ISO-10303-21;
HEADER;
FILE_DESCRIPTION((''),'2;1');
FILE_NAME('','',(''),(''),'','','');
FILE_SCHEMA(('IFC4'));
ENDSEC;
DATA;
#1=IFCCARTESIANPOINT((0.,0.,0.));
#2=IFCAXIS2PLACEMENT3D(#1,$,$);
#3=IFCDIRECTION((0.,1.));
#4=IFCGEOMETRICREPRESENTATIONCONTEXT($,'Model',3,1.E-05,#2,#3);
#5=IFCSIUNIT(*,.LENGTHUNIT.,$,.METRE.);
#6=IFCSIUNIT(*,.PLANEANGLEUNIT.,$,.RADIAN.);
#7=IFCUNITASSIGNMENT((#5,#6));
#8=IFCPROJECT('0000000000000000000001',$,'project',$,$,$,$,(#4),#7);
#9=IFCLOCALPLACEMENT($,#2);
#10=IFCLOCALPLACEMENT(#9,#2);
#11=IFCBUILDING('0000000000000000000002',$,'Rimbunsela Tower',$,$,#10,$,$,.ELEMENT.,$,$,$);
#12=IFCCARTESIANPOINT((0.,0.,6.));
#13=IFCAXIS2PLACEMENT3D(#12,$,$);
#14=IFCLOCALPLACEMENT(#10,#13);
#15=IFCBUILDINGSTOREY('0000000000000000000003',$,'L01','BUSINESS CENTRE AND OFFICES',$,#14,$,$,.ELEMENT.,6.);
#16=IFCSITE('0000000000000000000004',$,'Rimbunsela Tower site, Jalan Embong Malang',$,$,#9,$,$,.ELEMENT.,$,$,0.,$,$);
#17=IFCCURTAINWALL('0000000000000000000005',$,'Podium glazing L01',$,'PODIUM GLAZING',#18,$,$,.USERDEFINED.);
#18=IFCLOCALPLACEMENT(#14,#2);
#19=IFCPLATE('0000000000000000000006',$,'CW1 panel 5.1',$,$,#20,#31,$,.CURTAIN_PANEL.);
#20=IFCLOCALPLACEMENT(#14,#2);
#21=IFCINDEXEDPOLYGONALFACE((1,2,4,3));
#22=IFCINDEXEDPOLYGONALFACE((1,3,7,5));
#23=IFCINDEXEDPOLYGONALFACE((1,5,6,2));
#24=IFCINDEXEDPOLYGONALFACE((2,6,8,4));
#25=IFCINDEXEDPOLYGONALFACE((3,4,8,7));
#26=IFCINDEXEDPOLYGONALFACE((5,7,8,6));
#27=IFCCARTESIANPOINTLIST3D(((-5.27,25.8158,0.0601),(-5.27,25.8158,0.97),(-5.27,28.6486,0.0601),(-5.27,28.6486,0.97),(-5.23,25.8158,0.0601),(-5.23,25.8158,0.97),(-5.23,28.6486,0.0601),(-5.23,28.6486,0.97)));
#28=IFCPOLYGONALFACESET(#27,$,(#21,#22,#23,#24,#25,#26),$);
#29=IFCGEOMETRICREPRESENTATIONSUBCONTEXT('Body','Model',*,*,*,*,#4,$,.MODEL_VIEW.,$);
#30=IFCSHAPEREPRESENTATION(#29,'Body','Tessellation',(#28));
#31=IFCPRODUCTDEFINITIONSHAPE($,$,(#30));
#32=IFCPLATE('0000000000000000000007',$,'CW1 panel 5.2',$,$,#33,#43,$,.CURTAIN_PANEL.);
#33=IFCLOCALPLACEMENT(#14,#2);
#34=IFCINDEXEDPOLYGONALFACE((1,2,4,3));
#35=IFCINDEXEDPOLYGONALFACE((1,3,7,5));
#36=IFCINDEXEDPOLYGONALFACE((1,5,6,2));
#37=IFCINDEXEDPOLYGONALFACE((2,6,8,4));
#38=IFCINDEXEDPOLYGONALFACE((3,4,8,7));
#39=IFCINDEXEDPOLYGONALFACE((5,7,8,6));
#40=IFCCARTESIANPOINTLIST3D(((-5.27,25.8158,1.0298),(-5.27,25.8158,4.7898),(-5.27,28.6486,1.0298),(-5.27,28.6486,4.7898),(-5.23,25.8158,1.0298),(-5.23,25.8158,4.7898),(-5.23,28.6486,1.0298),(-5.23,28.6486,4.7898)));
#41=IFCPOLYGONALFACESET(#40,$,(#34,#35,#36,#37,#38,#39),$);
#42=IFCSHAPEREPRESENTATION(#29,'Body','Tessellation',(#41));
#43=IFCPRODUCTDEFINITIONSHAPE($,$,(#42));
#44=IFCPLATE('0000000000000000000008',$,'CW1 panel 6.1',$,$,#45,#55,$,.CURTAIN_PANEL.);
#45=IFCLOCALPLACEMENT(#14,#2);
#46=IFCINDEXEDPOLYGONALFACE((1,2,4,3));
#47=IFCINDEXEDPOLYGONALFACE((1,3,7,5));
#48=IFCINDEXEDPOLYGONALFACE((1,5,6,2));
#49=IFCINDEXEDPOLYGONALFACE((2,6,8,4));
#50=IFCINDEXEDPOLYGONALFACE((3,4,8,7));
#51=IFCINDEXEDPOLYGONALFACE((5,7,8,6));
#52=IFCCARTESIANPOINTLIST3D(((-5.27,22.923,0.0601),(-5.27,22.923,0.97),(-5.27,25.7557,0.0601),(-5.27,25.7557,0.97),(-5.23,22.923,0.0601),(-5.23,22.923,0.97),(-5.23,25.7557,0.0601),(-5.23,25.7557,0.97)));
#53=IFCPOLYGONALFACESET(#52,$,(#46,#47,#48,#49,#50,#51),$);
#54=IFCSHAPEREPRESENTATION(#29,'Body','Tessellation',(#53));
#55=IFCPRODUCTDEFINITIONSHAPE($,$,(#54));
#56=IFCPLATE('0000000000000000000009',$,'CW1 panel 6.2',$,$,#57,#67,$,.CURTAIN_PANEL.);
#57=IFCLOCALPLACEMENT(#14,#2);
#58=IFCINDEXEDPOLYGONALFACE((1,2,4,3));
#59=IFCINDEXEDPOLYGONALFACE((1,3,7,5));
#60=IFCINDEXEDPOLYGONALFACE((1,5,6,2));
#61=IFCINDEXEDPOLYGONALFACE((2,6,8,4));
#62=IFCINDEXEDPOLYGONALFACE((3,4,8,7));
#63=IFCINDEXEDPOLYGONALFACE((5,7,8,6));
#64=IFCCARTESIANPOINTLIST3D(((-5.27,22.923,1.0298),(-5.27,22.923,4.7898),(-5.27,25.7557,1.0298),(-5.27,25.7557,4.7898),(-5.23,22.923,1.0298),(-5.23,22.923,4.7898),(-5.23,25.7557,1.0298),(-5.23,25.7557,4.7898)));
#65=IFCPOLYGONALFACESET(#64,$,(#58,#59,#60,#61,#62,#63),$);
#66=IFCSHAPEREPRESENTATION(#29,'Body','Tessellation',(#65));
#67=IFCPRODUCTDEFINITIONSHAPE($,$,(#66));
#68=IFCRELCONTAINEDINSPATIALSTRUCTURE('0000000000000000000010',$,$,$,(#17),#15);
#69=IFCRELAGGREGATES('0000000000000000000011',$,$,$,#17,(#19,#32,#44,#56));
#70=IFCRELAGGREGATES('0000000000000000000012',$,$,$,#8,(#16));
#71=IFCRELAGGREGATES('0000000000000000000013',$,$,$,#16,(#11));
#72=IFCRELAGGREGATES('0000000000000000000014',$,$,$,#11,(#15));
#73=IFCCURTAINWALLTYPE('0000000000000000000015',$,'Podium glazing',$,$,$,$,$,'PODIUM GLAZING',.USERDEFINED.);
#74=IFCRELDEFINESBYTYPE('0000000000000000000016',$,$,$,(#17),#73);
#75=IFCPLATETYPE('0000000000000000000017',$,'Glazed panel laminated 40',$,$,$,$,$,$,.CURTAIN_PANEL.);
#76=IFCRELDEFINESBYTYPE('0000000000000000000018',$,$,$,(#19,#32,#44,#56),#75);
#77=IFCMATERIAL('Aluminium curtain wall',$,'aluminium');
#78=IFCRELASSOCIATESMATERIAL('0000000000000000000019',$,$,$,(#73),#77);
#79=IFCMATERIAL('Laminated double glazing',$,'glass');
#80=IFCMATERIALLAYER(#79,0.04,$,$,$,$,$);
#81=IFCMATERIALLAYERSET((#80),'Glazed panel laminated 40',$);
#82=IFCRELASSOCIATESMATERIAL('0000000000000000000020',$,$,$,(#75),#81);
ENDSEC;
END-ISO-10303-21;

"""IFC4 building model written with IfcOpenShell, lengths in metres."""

from ifc_helpers import new_model, si_unit, direction, frame, origin, origin_2d, place, context, subcontext, project, spatial, rectangle, extrude, material, layer, layer_set, type_object, element, aggregate, save


model = new_model("IFC4")

# Units and contexts
model_context = context("Model", 3, precision=1e-05, world=origin(), true_north=direction((0.0, 1.0)))
body_context = subcontext(model_context, "Body", "Model", "MODEL_VIEW")
ifc_project = project(units=[si_unit("LENGTHUNIT", "METRE"), si_unit("PLANEANGLEUNIT", "RADIAN")], contexts=[model_context])

# Site, building, storey
site_placement = place(None, origin())
site = spatial("IfcSite", under=ifc_project, at=site_placement, Name="Rimbunsela Tower site, Jalan Embong Malang", CompositionType="ELEMENT", RefElevation=0.0)
building_placement = place(site_placement, origin())
building = spatial("IfcBuilding", under=site, at=building_placement, Name="Rimbunsela Tower", CompositionType="ELEMENT")
storey_placement = place(building_placement, frame((0.0, 0.0, 6.0)))
storey = spatial("IfcBuildingStorey", under=building, at=storey_placement, Name="L01", Description="BUSINESS CENTRE AND OFFICES", CompositionType="ELEMENT", Elevation=6.0)

# Curtain wall, plates
ifc_material_1 = material(Name="Aluminium curtain wall", Category="aluminium")
curtain_wall_type = type_object("IfcCurtainWallType", Name="Podium glazing", ElementType="PODIUM GLAZING", PredefinedType="USERDEFINED", material=ifc_material_1)
curtain_wall_placement = place(storey_placement, origin())
curtain_wall = element("IfcCurtainWall", 1, at=curtain_wall_placement, inside=storey, type_object=curtain_wall_type, Name="Podium glazing L01", ObjectType="PODIUM GLAZING", PredefinedType="USERDEFINED")
ifc_material_2 = material(Name="Laminated double glazing", Category="glass")
ifc_layer = layer(ifc_material_2, 0.04)
ifc_layer_set = layer_set([ifc_layer], Name="Glazed panel laminated 40")
plate_type = type_object("IfcPlateType", Name="Glazed panel laminated 40", PredefinedType="CURTAIN_PANEL", material=ifc_layer_set)
plate_1_placement = place(storey_placement, frame((-5.25, 27.2322, 0.0601), z_axis=(0.0, 0.0, 1.0), x_axis=(0.0, -1.0, 0.0)))
plate_1 = element("IfcPlate", 2, at=plate_1_placement, type_object=plate_type, Name="CW1 panel 5.1", PredefinedType="CURTAIN_PANEL", context=body_context, shape_type="SweptSolid", body=[
    extrude(rectangle(XDim=2.8328, YDim=0.04, at=origin_2d()), origin(), (0.0, 0.0, 1.0), 0.9099),
])
plate_2_placement = place(storey_placement, frame((-5.25, 27.2322, 1.0298), z_axis=(0.0, 0.0, 1.0), x_axis=(0.0, -1.0, 0.0)))
plate_2 = element("IfcPlate", 3, at=plate_2_placement, type_object=plate_type, Name="CW1 panel 5.2", PredefinedType="CURTAIN_PANEL", context=body_context, shape_type="SweptSolid", body=[
    extrude(rectangle(XDim=2.8328, YDim=0.04, at=origin_2d()), origin(), (0.0, 0.0, 1.0), 3.76),
])
plate_3_placement = place(storey_placement, frame((-5.25, 24.3394, 0.0601), z_axis=(0.0, 0.0, 1.0), x_axis=(0.0, -1.0, 0.0)))
plate_3 = element("IfcPlate", 4, at=plate_3_placement, type_object=plate_type, Name="CW1 panel 6.1", PredefinedType="CURTAIN_PANEL", context=body_context, shape_type="SweptSolid", body=[
    extrude(rectangle(XDim=2.8328, YDim=0.04, at=origin_2d()), origin(), (0.0, 0.0, 1.0), 0.9099),
])
plate_4_placement = place(storey_placement, frame((-5.25, 24.3394, 1.0298), z_axis=(0.0, 0.0, 1.0), x_axis=(0.0, -1.0, 0.0)))
plate_4 = element("IfcPlate", 5, at=plate_4_placement, type_object=plate_type, Name="CW1 panel 6.2", PredefinedType="CURTAIN_PANEL", context=body_context, shape_type="SweptSolid", body=[
    extrude(rectangle(XDim=2.8328, YDim=0.04, at=origin_2d()), origin(), (0.0, 0.0, 1.0), 3.76),
])
aggregate(curtain_wall, [plate_1, plate_2, plate_3, plate_4])

save(model, "model.ifc")
